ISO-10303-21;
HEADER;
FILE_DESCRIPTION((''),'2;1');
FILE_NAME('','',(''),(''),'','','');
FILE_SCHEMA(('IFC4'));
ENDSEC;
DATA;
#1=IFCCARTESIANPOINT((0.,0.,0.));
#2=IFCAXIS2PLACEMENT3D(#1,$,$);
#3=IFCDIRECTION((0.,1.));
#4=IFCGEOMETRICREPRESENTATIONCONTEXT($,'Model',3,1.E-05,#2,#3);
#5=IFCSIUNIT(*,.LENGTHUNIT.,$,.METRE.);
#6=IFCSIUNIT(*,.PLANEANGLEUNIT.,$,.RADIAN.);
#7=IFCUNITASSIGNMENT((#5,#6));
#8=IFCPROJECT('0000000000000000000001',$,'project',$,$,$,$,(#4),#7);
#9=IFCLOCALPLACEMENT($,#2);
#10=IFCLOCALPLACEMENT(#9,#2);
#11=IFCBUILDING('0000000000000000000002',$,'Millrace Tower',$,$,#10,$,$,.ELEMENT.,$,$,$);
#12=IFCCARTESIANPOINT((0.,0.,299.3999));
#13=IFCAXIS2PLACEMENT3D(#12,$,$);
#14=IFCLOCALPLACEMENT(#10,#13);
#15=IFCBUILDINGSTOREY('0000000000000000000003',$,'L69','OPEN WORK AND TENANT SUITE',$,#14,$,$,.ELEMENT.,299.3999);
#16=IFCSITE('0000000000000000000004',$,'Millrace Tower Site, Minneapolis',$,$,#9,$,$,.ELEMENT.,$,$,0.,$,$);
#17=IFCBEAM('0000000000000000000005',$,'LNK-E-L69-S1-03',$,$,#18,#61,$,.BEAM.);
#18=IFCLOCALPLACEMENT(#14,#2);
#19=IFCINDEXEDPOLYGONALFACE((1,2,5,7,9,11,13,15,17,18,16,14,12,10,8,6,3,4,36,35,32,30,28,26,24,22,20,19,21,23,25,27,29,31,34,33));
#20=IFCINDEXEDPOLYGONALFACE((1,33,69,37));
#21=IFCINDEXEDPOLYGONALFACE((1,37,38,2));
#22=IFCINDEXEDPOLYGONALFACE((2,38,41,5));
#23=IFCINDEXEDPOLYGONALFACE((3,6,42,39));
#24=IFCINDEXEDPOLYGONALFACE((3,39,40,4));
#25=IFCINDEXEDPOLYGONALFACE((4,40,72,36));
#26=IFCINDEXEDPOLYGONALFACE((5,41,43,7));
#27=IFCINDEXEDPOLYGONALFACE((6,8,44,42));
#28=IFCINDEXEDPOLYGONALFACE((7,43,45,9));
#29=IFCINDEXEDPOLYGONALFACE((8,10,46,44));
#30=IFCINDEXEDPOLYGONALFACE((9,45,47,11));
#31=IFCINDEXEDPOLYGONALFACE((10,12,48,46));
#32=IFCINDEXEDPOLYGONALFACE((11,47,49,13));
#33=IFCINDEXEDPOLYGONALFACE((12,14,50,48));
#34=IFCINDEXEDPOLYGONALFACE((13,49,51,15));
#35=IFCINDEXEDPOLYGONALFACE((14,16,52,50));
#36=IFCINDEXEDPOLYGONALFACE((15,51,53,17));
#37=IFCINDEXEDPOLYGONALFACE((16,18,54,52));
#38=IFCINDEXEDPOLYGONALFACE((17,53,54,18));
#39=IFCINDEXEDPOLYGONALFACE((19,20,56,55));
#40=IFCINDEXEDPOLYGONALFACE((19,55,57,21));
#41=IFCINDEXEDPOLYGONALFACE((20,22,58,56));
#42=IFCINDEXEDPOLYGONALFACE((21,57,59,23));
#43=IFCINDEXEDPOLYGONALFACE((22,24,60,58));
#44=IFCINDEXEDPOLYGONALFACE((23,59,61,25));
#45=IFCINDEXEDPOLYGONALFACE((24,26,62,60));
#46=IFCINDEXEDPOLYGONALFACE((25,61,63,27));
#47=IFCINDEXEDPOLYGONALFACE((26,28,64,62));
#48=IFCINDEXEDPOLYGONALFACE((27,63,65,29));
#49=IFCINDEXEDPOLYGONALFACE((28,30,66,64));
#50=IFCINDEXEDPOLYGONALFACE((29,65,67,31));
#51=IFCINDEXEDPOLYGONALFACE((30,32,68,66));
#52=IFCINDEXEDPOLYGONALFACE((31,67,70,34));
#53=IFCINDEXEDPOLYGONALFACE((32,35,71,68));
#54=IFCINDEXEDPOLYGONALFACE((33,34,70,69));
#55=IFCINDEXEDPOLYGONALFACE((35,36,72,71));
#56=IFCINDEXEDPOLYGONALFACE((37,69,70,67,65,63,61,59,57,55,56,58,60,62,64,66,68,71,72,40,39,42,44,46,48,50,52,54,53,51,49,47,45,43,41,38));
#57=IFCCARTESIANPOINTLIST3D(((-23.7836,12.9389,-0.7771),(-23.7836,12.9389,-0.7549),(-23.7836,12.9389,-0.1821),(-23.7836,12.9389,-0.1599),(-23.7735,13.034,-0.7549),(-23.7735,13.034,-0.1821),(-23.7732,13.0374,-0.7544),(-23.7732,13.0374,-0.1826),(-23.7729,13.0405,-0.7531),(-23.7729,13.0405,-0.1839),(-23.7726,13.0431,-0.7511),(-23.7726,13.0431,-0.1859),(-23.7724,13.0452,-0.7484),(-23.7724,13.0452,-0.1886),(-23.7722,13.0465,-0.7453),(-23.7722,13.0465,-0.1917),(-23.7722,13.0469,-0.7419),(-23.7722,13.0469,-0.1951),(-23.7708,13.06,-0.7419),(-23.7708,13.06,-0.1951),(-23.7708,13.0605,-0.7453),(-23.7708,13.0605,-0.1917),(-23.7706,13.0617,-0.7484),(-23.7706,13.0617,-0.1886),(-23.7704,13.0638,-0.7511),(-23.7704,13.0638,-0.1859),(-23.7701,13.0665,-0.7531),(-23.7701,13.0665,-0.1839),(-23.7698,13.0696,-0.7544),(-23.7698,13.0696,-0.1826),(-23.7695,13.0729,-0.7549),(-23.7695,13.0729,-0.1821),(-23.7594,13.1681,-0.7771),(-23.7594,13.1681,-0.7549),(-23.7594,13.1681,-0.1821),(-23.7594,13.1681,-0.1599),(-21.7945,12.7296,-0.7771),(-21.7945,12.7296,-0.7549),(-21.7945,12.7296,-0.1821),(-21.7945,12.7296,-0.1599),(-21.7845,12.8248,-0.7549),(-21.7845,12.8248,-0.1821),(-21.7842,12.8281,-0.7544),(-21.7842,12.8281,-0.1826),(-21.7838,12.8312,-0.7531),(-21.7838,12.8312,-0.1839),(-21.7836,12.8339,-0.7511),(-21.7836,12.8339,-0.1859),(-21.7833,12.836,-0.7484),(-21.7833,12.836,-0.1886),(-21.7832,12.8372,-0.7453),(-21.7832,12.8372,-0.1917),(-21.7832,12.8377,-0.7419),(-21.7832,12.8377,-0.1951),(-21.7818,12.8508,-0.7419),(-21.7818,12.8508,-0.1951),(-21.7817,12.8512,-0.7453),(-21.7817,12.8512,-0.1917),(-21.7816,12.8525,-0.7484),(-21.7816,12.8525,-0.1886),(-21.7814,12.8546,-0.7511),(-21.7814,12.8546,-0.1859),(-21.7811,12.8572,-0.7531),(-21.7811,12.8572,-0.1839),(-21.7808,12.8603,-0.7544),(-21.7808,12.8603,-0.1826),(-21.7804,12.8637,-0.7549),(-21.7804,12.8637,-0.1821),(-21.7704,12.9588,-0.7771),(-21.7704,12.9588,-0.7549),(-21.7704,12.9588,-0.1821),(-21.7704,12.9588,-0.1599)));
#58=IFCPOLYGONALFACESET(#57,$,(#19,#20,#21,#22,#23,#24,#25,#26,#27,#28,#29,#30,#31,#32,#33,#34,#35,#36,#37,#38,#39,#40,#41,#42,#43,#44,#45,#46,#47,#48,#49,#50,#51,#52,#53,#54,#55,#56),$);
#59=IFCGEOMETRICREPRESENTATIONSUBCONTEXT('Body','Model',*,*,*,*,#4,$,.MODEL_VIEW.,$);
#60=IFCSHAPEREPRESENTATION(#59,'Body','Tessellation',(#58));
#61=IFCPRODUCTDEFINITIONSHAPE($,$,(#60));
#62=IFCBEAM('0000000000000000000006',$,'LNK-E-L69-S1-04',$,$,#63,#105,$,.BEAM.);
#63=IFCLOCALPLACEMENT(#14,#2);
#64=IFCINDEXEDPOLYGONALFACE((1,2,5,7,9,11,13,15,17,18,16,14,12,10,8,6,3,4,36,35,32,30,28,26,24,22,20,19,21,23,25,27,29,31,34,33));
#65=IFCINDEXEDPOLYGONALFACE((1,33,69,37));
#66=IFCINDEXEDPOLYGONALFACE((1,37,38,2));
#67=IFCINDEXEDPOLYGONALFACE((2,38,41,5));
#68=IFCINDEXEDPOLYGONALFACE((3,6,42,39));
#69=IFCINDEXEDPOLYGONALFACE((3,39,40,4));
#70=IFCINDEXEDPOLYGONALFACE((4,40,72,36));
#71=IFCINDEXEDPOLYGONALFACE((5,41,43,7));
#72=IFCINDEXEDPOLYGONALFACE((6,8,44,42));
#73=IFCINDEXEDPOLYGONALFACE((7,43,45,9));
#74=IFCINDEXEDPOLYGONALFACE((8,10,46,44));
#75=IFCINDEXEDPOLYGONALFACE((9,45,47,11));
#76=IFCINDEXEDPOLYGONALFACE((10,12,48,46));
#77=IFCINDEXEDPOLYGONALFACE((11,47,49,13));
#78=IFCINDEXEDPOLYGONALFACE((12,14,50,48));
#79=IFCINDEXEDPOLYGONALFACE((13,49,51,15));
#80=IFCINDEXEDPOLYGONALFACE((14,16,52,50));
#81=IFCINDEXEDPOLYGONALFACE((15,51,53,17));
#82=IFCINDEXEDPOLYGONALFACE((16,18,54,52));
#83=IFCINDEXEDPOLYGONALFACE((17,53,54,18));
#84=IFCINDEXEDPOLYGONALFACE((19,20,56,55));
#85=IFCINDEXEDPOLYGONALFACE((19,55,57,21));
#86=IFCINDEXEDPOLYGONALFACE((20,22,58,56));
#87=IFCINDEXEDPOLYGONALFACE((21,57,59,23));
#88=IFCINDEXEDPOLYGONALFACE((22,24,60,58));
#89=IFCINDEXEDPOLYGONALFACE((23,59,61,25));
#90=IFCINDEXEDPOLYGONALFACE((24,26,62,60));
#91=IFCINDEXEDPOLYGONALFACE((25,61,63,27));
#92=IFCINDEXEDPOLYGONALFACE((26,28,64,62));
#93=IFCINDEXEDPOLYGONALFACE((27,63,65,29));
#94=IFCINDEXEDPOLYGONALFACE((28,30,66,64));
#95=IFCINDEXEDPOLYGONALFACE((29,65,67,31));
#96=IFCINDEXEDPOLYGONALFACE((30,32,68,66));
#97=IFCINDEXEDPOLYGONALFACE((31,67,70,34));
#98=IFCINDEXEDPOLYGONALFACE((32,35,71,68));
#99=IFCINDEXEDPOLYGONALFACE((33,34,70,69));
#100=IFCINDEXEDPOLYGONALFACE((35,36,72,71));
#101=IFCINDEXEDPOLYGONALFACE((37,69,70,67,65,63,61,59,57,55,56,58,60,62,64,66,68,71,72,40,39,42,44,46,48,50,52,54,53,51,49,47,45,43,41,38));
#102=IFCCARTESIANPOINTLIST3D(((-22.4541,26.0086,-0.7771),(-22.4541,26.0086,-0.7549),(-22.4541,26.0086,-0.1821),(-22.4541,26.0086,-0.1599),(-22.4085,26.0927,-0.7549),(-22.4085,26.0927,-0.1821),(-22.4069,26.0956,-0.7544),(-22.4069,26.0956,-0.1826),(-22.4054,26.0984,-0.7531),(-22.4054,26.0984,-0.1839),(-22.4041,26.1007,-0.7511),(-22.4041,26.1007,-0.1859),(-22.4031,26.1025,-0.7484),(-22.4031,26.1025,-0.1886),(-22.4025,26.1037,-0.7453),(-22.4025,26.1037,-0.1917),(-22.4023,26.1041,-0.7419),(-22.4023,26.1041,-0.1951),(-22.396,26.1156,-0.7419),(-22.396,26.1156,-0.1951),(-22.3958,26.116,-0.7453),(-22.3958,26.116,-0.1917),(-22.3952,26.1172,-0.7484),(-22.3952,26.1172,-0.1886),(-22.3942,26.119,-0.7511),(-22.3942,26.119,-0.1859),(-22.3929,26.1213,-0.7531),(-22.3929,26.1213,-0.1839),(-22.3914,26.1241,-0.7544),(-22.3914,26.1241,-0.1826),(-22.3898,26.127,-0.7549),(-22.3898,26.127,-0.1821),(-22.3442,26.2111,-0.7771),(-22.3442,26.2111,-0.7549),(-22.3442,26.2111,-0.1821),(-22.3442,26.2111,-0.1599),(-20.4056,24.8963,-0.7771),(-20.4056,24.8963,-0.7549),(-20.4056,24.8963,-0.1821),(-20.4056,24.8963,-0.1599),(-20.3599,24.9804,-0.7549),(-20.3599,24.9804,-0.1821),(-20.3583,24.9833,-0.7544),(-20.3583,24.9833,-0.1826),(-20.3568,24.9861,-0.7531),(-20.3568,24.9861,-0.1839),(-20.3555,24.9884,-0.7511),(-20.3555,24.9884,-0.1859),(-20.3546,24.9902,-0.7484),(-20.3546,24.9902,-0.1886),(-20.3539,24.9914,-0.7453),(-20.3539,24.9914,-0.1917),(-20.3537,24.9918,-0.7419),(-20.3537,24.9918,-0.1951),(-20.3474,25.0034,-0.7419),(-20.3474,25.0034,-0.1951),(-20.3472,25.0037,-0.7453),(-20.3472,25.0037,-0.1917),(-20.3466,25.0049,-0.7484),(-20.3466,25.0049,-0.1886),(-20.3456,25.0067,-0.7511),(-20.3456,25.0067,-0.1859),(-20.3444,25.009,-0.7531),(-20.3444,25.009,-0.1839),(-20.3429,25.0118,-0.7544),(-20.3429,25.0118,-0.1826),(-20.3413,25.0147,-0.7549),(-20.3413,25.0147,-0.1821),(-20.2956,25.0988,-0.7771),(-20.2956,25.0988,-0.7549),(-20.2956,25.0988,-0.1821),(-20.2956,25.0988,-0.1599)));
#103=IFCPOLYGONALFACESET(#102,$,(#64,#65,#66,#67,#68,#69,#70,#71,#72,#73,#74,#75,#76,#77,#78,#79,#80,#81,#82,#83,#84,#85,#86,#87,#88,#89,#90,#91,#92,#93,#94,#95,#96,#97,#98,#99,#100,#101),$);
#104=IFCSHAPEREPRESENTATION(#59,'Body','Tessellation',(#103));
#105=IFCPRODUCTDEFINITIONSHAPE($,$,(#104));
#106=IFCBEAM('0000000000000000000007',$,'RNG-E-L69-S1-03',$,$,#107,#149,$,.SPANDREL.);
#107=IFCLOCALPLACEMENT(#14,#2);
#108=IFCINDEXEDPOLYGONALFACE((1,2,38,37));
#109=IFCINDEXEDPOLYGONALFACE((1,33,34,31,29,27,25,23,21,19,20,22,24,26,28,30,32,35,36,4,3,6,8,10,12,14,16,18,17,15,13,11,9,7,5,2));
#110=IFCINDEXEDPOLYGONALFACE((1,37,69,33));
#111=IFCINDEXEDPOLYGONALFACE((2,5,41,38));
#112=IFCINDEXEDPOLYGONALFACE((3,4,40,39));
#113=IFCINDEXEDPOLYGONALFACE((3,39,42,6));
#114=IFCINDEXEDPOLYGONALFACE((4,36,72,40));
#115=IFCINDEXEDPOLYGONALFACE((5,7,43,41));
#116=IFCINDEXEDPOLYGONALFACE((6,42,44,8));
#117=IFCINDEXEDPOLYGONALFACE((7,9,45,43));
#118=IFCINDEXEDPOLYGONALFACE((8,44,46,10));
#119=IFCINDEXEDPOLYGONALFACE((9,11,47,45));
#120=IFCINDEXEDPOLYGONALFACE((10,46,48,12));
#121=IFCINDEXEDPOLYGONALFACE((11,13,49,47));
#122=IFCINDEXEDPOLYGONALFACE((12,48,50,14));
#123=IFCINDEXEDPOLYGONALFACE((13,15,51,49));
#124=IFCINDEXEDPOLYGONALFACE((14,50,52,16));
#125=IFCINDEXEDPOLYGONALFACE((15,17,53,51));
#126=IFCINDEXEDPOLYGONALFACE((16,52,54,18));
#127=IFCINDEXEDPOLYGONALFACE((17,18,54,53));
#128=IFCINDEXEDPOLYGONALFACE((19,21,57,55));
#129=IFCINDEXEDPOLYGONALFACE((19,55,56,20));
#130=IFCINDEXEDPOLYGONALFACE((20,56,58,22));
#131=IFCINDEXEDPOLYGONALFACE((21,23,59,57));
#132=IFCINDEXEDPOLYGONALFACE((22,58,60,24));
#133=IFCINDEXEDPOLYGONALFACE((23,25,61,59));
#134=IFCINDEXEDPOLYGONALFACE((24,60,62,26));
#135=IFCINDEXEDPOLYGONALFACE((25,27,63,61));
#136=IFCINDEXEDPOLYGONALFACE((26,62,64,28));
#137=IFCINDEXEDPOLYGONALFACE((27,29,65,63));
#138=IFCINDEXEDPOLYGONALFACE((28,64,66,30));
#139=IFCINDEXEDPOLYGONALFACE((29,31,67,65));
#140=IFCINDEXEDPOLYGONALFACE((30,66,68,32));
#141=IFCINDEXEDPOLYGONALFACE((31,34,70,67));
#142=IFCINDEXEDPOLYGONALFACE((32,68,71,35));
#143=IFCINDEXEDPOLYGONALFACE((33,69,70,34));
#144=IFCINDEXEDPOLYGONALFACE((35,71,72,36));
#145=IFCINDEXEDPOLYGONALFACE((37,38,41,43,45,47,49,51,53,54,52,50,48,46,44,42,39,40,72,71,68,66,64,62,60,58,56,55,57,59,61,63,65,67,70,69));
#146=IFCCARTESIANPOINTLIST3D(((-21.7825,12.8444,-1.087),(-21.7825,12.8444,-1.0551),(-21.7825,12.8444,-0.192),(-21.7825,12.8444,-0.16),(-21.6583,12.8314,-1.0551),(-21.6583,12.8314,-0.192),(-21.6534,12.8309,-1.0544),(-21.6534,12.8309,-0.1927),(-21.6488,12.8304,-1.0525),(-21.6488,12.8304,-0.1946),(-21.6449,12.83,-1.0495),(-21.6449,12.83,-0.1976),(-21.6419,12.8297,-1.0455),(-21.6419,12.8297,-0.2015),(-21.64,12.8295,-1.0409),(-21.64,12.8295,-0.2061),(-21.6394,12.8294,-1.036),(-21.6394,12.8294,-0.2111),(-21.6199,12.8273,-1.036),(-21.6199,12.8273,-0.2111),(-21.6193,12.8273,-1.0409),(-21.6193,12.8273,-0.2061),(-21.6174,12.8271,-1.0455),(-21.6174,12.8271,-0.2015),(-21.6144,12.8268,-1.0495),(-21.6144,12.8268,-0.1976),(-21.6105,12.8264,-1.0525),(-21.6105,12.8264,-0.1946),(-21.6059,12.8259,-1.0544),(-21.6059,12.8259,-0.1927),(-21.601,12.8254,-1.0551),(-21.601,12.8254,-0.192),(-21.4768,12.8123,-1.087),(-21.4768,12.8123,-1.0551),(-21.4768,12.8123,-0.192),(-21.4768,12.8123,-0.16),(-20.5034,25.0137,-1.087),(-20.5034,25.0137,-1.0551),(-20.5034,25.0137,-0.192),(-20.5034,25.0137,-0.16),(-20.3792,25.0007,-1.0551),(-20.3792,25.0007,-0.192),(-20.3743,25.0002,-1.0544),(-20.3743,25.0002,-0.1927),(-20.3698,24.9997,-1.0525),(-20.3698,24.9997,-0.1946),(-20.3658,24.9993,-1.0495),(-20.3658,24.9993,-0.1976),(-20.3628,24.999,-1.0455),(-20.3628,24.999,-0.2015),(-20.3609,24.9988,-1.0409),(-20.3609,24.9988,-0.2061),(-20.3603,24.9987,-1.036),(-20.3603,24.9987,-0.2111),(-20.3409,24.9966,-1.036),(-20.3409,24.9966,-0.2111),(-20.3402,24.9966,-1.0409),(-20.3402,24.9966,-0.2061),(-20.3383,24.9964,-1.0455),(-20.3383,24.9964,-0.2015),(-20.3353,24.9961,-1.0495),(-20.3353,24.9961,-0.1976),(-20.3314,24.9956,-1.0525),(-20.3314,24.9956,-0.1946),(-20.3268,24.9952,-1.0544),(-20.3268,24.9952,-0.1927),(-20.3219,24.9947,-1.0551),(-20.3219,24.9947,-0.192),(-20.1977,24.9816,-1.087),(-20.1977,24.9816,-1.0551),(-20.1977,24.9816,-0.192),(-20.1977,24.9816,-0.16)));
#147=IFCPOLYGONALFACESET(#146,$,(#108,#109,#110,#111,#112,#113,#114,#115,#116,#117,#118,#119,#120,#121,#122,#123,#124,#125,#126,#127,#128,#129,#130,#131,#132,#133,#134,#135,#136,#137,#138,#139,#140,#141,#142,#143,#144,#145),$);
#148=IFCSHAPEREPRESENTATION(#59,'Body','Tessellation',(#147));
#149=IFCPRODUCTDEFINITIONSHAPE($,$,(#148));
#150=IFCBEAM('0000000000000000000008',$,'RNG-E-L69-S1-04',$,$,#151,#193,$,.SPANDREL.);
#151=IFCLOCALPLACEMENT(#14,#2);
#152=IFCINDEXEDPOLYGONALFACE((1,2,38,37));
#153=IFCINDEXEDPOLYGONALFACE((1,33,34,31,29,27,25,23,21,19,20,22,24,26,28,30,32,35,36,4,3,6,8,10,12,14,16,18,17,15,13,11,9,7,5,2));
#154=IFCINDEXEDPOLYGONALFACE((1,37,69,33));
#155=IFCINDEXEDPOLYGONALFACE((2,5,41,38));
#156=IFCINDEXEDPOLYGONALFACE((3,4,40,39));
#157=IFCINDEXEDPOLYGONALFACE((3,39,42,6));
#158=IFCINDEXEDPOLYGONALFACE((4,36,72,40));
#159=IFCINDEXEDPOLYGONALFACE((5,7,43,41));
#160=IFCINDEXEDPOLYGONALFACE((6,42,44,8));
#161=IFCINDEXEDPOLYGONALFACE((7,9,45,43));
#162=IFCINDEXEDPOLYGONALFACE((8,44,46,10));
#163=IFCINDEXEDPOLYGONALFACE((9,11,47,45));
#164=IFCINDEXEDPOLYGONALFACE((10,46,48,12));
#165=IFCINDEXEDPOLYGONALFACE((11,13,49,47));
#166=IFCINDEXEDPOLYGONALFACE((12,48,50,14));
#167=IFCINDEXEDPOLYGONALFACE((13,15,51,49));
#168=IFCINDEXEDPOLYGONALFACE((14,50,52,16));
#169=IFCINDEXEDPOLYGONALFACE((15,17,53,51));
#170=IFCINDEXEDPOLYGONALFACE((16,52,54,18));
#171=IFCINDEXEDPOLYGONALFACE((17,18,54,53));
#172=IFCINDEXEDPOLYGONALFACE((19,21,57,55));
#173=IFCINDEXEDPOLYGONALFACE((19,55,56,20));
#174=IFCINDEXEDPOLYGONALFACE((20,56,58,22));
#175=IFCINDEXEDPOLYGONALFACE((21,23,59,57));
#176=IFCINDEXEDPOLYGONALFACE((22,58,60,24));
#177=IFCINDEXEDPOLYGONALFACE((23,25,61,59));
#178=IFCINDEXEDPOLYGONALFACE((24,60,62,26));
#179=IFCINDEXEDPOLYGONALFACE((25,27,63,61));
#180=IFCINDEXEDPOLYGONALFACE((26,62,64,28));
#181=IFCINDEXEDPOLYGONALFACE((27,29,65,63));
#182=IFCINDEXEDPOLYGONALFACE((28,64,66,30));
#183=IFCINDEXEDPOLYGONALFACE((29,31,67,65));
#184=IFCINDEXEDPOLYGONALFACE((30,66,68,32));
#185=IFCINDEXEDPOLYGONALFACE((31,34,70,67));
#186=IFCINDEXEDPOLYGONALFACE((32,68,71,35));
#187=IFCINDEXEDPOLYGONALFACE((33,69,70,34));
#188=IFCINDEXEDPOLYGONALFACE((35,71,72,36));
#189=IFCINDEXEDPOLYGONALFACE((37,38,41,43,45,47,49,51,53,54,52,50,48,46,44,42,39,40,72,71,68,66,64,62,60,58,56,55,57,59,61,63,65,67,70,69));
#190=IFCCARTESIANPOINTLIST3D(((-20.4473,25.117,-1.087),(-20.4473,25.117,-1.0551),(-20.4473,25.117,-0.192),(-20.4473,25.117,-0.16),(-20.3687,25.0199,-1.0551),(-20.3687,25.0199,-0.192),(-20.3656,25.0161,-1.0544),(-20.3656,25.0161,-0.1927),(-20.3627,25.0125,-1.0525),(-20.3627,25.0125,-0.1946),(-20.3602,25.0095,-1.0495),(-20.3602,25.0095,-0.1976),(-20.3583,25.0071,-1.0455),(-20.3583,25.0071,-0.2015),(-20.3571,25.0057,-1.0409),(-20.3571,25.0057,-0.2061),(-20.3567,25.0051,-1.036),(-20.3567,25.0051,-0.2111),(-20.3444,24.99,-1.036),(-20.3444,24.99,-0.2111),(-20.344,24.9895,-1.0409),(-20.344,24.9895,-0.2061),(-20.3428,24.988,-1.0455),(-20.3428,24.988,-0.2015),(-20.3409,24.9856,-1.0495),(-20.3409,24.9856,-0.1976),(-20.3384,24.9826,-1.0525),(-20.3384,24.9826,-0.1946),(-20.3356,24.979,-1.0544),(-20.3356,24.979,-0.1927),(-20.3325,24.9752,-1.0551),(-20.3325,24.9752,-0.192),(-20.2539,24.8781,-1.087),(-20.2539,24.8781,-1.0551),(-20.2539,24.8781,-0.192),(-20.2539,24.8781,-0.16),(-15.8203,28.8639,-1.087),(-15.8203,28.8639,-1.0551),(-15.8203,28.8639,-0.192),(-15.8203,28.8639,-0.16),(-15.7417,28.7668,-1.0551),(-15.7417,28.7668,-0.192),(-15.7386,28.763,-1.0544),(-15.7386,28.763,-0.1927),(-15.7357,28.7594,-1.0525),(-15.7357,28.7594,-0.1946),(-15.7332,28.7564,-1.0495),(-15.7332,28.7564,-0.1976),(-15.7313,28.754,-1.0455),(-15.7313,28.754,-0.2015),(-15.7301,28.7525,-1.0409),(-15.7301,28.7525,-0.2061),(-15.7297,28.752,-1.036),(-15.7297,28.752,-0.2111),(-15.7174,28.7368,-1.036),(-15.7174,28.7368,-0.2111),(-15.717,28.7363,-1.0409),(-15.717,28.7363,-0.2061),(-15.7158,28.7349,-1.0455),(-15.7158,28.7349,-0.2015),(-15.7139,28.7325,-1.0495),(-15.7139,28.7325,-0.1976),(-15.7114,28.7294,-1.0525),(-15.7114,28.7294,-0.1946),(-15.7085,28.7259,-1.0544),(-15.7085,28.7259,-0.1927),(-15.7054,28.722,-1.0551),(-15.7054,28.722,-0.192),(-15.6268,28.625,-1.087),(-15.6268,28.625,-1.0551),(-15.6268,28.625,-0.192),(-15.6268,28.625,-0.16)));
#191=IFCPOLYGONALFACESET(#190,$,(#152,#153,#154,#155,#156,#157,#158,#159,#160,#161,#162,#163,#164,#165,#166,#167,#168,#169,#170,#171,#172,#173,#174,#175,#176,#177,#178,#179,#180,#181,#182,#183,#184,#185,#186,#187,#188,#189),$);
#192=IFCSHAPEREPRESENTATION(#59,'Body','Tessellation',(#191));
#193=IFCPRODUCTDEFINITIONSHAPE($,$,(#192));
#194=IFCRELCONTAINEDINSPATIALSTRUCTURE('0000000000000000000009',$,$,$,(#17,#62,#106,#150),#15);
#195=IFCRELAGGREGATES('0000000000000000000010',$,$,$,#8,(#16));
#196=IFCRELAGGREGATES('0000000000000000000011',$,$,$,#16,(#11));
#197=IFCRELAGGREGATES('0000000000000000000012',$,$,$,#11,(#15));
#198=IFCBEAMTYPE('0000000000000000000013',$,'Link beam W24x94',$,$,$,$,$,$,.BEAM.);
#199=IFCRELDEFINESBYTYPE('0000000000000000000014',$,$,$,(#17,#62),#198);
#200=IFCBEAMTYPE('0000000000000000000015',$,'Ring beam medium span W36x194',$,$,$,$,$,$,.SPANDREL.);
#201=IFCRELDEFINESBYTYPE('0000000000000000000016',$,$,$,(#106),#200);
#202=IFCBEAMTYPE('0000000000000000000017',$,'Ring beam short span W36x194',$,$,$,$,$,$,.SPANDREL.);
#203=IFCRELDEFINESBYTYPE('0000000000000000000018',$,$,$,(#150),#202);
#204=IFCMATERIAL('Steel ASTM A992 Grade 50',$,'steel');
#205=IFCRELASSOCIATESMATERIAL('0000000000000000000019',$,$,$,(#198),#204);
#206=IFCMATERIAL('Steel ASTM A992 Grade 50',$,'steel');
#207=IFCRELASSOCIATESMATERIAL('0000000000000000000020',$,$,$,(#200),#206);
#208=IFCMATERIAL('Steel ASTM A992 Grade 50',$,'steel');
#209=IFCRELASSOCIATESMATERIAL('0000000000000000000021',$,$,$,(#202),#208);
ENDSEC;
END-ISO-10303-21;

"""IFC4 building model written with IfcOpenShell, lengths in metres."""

from ifc_helpers import new_model, si_unit, direction, frame, origin, origin_2d, place, context, subcontext, project, spatial, i_section, extrude, material, material_profile, profile_set, type_object, element, save


model = new_model("IFC4")

# Units and contexts
model_context = context("Model", 3, precision=1e-05, world=origin(), true_north=direction((0.0, 1.0)))
body_context = subcontext(model_context, "Body", "Model", "MODEL_VIEW")
ifc_project = project(units=[si_unit("LENGTHUNIT", "METRE"), si_unit("PLANEANGLEUNIT", "RADIAN")], contexts=[model_context])

# Site, building, storey
site_placement = place(None, origin())
site = spatial("IfcSite", under=ifc_project, at=site_placement, Name="Millrace Tower Site, Minneapolis", CompositionType="ELEMENT", RefElevation=0.0)
building_placement = place(site_placement, origin())
building = spatial("IfcBuilding", under=site, at=building_placement, Name="Millrace Tower", CompositionType="ELEMENT")
storey_placement = place(building_placement, frame((0.0, 0.0, 299.3999)))
storey = spatial("IfcBuildingStorey", under=building, at=storey_placement, Name="L69", Description="OPEN WORK AND TENANT SUITE", CompositionType="ELEMENT", Elevation=299.3999)

# Beams
ifc_material_1 = material(Name="Steel ASTM A992 Grade 50", Category="steel")
ifc_material_profile_1 = material_profile(ifc_material_1, i_section(OverallWidth=0.2305, OverallDepth=0.6172, WebThickness=0.0132, FlangeThickness=0.0222, FilletRadius=0.0129, at=origin_2d()))
ifc_profile_set_1 = profile_set([ifc_material_profile_1], Name="Steel ASTM A992 Grade 50")
beam_type_1 = type_object("IfcBeamType", Name="Link beam W24x94", PredefinedType="BEAM", material=ifc_profile_set_1)
beam_1_placement = place(storey_placement, frame((-21.7825, 12.8442, -0.4685), z_axis=(-0.994513, 0.104615, 0.0), x_axis=(-0.104615, -0.994513, 0.0)))
element("IfcBeam", 1, at=beam_1_placement, inside=storey, type_object=beam_type_1, Name="LNK-E-L69-S1-03", PredefinedType="BEAM", context=body_context, shape_type="SweptSolid", body=[
    extrude(i_section(OverallWidth=0.2305, OverallDepth=0.6172, WebThickness=0.0132, FlangeThickness=0.0222, FilletRadius=0.0129, at=origin_2d()), origin(), (0.0, 0.0, 1.0), 2.0),
])
beam_2_placement = place(storey_placement, frame((-20.3506, 24.9976, -0.4685), z_axis=(-0.878815, 0.477164, 0.0), x_axis=(-0.477164, -0.878815, 0.0)))
element("IfcBeam", 2, at=beam_2_placement, inside=storey, type_object=beam_type_1, Name="LNK-E-L69-S1-04", PredefinedType="BEAM", context=body_context, shape_type="SweptSolid", body=[
    extrude(i_section(OverallWidth=0.2305, OverallDepth=0.6172, WebThickness=0.0132, FlangeThickness=0.0222, FilletRadius=0.0129, at=origin_2d()), origin(), (0.0, 0.0, 1.0), 2.3311),
])
ifc_material_2 = material(Name="Steel ASTM A992 Grade 50", Category="steel")
ifc_material_profile_2 = material_profile(ifc_material_2, i_section(OverallWidth=0.3074, OverallDepth=0.927, WebThickness=0.0195, FlangeThickness=0.032, FilletRadius=0.019, at=origin_2d()))
ifc_profile_set_2 = profile_set([ifc_material_profile_2], Name="Steel ASTM A992 Grade 50")
beam_type_2 = type_object("IfcBeamType", Name="Ring beam medium span W36x194", PredefinedType="SPANDREL", material=ifc_profile_set_2)
beam_3_placement = place(storey_placement, frame((-21.6296, 12.8284, -0.6235), z_axis=(0.10453, 0.994522, 0.0), x_axis=(-0.994522, 0.10453, 0.0)))
element("IfcBeam", 3, at=beam_3_placement, inside=storey, type_object=beam_type_2, Name="RNG-E-L69-S1-03", PredefinedType="SPANDREL", context=body_context, shape_type="SweptSolid", body=[
    extrude(i_section(OverallWidth=0.3074, OverallDepth=0.927, WebThickness=0.0195, FlangeThickness=0.032, FilletRadius=0.019, at=origin_2d()), origin(), (0.0, 0.0, 1.0), 12.2363),
])
ifc_material_3 = material(Name="Steel ASTM A992 Grade 50", Category="steel")
ifc_material_profile_3 = material_profile(ifc_material_3, i_section(OverallWidth=0.3074, OverallDepth=0.927, WebThickness=0.0195, FlangeThickness=0.032, FilletRadius=0.019, at=origin_2d()))
ifc_profile_set_3 = profile_set([ifc_material_profile_3], Name="Steel ASTM A992 Grade 50")
beam_type_3 = type_object("IfcBeamType", Name="Ring beam short span W36x194", PredefinedType="SPANDREL", material=ifc_profile_set_3)
beam_4_placement = place(storey_placement, frame((-20.3506, 24.9976, -0.6235), z_axis=(0.777147, 0.62932, 0.0), x_axis=(-0.62932, 0.777147, 0.0)))
element("IfcBeam", 4, at=beam_4_placement, inside=storey, type_object=beam_type_3, Name="RNG-E-L69-S1-04", PredefinedType="SPANDREL", context=body_context, shape_type="SweptSolid", body=[
    extrude(i_section(OverallWidth=0.3074, OverallDepth=0.927, WebThickness=0.0195, FlangeThickness=0.032, FilletRadius=0.019, at=origin_2d()), origin(), (0.0, 0.0, 1.0), 5.9539),
])

save(model, "model.ifc")
